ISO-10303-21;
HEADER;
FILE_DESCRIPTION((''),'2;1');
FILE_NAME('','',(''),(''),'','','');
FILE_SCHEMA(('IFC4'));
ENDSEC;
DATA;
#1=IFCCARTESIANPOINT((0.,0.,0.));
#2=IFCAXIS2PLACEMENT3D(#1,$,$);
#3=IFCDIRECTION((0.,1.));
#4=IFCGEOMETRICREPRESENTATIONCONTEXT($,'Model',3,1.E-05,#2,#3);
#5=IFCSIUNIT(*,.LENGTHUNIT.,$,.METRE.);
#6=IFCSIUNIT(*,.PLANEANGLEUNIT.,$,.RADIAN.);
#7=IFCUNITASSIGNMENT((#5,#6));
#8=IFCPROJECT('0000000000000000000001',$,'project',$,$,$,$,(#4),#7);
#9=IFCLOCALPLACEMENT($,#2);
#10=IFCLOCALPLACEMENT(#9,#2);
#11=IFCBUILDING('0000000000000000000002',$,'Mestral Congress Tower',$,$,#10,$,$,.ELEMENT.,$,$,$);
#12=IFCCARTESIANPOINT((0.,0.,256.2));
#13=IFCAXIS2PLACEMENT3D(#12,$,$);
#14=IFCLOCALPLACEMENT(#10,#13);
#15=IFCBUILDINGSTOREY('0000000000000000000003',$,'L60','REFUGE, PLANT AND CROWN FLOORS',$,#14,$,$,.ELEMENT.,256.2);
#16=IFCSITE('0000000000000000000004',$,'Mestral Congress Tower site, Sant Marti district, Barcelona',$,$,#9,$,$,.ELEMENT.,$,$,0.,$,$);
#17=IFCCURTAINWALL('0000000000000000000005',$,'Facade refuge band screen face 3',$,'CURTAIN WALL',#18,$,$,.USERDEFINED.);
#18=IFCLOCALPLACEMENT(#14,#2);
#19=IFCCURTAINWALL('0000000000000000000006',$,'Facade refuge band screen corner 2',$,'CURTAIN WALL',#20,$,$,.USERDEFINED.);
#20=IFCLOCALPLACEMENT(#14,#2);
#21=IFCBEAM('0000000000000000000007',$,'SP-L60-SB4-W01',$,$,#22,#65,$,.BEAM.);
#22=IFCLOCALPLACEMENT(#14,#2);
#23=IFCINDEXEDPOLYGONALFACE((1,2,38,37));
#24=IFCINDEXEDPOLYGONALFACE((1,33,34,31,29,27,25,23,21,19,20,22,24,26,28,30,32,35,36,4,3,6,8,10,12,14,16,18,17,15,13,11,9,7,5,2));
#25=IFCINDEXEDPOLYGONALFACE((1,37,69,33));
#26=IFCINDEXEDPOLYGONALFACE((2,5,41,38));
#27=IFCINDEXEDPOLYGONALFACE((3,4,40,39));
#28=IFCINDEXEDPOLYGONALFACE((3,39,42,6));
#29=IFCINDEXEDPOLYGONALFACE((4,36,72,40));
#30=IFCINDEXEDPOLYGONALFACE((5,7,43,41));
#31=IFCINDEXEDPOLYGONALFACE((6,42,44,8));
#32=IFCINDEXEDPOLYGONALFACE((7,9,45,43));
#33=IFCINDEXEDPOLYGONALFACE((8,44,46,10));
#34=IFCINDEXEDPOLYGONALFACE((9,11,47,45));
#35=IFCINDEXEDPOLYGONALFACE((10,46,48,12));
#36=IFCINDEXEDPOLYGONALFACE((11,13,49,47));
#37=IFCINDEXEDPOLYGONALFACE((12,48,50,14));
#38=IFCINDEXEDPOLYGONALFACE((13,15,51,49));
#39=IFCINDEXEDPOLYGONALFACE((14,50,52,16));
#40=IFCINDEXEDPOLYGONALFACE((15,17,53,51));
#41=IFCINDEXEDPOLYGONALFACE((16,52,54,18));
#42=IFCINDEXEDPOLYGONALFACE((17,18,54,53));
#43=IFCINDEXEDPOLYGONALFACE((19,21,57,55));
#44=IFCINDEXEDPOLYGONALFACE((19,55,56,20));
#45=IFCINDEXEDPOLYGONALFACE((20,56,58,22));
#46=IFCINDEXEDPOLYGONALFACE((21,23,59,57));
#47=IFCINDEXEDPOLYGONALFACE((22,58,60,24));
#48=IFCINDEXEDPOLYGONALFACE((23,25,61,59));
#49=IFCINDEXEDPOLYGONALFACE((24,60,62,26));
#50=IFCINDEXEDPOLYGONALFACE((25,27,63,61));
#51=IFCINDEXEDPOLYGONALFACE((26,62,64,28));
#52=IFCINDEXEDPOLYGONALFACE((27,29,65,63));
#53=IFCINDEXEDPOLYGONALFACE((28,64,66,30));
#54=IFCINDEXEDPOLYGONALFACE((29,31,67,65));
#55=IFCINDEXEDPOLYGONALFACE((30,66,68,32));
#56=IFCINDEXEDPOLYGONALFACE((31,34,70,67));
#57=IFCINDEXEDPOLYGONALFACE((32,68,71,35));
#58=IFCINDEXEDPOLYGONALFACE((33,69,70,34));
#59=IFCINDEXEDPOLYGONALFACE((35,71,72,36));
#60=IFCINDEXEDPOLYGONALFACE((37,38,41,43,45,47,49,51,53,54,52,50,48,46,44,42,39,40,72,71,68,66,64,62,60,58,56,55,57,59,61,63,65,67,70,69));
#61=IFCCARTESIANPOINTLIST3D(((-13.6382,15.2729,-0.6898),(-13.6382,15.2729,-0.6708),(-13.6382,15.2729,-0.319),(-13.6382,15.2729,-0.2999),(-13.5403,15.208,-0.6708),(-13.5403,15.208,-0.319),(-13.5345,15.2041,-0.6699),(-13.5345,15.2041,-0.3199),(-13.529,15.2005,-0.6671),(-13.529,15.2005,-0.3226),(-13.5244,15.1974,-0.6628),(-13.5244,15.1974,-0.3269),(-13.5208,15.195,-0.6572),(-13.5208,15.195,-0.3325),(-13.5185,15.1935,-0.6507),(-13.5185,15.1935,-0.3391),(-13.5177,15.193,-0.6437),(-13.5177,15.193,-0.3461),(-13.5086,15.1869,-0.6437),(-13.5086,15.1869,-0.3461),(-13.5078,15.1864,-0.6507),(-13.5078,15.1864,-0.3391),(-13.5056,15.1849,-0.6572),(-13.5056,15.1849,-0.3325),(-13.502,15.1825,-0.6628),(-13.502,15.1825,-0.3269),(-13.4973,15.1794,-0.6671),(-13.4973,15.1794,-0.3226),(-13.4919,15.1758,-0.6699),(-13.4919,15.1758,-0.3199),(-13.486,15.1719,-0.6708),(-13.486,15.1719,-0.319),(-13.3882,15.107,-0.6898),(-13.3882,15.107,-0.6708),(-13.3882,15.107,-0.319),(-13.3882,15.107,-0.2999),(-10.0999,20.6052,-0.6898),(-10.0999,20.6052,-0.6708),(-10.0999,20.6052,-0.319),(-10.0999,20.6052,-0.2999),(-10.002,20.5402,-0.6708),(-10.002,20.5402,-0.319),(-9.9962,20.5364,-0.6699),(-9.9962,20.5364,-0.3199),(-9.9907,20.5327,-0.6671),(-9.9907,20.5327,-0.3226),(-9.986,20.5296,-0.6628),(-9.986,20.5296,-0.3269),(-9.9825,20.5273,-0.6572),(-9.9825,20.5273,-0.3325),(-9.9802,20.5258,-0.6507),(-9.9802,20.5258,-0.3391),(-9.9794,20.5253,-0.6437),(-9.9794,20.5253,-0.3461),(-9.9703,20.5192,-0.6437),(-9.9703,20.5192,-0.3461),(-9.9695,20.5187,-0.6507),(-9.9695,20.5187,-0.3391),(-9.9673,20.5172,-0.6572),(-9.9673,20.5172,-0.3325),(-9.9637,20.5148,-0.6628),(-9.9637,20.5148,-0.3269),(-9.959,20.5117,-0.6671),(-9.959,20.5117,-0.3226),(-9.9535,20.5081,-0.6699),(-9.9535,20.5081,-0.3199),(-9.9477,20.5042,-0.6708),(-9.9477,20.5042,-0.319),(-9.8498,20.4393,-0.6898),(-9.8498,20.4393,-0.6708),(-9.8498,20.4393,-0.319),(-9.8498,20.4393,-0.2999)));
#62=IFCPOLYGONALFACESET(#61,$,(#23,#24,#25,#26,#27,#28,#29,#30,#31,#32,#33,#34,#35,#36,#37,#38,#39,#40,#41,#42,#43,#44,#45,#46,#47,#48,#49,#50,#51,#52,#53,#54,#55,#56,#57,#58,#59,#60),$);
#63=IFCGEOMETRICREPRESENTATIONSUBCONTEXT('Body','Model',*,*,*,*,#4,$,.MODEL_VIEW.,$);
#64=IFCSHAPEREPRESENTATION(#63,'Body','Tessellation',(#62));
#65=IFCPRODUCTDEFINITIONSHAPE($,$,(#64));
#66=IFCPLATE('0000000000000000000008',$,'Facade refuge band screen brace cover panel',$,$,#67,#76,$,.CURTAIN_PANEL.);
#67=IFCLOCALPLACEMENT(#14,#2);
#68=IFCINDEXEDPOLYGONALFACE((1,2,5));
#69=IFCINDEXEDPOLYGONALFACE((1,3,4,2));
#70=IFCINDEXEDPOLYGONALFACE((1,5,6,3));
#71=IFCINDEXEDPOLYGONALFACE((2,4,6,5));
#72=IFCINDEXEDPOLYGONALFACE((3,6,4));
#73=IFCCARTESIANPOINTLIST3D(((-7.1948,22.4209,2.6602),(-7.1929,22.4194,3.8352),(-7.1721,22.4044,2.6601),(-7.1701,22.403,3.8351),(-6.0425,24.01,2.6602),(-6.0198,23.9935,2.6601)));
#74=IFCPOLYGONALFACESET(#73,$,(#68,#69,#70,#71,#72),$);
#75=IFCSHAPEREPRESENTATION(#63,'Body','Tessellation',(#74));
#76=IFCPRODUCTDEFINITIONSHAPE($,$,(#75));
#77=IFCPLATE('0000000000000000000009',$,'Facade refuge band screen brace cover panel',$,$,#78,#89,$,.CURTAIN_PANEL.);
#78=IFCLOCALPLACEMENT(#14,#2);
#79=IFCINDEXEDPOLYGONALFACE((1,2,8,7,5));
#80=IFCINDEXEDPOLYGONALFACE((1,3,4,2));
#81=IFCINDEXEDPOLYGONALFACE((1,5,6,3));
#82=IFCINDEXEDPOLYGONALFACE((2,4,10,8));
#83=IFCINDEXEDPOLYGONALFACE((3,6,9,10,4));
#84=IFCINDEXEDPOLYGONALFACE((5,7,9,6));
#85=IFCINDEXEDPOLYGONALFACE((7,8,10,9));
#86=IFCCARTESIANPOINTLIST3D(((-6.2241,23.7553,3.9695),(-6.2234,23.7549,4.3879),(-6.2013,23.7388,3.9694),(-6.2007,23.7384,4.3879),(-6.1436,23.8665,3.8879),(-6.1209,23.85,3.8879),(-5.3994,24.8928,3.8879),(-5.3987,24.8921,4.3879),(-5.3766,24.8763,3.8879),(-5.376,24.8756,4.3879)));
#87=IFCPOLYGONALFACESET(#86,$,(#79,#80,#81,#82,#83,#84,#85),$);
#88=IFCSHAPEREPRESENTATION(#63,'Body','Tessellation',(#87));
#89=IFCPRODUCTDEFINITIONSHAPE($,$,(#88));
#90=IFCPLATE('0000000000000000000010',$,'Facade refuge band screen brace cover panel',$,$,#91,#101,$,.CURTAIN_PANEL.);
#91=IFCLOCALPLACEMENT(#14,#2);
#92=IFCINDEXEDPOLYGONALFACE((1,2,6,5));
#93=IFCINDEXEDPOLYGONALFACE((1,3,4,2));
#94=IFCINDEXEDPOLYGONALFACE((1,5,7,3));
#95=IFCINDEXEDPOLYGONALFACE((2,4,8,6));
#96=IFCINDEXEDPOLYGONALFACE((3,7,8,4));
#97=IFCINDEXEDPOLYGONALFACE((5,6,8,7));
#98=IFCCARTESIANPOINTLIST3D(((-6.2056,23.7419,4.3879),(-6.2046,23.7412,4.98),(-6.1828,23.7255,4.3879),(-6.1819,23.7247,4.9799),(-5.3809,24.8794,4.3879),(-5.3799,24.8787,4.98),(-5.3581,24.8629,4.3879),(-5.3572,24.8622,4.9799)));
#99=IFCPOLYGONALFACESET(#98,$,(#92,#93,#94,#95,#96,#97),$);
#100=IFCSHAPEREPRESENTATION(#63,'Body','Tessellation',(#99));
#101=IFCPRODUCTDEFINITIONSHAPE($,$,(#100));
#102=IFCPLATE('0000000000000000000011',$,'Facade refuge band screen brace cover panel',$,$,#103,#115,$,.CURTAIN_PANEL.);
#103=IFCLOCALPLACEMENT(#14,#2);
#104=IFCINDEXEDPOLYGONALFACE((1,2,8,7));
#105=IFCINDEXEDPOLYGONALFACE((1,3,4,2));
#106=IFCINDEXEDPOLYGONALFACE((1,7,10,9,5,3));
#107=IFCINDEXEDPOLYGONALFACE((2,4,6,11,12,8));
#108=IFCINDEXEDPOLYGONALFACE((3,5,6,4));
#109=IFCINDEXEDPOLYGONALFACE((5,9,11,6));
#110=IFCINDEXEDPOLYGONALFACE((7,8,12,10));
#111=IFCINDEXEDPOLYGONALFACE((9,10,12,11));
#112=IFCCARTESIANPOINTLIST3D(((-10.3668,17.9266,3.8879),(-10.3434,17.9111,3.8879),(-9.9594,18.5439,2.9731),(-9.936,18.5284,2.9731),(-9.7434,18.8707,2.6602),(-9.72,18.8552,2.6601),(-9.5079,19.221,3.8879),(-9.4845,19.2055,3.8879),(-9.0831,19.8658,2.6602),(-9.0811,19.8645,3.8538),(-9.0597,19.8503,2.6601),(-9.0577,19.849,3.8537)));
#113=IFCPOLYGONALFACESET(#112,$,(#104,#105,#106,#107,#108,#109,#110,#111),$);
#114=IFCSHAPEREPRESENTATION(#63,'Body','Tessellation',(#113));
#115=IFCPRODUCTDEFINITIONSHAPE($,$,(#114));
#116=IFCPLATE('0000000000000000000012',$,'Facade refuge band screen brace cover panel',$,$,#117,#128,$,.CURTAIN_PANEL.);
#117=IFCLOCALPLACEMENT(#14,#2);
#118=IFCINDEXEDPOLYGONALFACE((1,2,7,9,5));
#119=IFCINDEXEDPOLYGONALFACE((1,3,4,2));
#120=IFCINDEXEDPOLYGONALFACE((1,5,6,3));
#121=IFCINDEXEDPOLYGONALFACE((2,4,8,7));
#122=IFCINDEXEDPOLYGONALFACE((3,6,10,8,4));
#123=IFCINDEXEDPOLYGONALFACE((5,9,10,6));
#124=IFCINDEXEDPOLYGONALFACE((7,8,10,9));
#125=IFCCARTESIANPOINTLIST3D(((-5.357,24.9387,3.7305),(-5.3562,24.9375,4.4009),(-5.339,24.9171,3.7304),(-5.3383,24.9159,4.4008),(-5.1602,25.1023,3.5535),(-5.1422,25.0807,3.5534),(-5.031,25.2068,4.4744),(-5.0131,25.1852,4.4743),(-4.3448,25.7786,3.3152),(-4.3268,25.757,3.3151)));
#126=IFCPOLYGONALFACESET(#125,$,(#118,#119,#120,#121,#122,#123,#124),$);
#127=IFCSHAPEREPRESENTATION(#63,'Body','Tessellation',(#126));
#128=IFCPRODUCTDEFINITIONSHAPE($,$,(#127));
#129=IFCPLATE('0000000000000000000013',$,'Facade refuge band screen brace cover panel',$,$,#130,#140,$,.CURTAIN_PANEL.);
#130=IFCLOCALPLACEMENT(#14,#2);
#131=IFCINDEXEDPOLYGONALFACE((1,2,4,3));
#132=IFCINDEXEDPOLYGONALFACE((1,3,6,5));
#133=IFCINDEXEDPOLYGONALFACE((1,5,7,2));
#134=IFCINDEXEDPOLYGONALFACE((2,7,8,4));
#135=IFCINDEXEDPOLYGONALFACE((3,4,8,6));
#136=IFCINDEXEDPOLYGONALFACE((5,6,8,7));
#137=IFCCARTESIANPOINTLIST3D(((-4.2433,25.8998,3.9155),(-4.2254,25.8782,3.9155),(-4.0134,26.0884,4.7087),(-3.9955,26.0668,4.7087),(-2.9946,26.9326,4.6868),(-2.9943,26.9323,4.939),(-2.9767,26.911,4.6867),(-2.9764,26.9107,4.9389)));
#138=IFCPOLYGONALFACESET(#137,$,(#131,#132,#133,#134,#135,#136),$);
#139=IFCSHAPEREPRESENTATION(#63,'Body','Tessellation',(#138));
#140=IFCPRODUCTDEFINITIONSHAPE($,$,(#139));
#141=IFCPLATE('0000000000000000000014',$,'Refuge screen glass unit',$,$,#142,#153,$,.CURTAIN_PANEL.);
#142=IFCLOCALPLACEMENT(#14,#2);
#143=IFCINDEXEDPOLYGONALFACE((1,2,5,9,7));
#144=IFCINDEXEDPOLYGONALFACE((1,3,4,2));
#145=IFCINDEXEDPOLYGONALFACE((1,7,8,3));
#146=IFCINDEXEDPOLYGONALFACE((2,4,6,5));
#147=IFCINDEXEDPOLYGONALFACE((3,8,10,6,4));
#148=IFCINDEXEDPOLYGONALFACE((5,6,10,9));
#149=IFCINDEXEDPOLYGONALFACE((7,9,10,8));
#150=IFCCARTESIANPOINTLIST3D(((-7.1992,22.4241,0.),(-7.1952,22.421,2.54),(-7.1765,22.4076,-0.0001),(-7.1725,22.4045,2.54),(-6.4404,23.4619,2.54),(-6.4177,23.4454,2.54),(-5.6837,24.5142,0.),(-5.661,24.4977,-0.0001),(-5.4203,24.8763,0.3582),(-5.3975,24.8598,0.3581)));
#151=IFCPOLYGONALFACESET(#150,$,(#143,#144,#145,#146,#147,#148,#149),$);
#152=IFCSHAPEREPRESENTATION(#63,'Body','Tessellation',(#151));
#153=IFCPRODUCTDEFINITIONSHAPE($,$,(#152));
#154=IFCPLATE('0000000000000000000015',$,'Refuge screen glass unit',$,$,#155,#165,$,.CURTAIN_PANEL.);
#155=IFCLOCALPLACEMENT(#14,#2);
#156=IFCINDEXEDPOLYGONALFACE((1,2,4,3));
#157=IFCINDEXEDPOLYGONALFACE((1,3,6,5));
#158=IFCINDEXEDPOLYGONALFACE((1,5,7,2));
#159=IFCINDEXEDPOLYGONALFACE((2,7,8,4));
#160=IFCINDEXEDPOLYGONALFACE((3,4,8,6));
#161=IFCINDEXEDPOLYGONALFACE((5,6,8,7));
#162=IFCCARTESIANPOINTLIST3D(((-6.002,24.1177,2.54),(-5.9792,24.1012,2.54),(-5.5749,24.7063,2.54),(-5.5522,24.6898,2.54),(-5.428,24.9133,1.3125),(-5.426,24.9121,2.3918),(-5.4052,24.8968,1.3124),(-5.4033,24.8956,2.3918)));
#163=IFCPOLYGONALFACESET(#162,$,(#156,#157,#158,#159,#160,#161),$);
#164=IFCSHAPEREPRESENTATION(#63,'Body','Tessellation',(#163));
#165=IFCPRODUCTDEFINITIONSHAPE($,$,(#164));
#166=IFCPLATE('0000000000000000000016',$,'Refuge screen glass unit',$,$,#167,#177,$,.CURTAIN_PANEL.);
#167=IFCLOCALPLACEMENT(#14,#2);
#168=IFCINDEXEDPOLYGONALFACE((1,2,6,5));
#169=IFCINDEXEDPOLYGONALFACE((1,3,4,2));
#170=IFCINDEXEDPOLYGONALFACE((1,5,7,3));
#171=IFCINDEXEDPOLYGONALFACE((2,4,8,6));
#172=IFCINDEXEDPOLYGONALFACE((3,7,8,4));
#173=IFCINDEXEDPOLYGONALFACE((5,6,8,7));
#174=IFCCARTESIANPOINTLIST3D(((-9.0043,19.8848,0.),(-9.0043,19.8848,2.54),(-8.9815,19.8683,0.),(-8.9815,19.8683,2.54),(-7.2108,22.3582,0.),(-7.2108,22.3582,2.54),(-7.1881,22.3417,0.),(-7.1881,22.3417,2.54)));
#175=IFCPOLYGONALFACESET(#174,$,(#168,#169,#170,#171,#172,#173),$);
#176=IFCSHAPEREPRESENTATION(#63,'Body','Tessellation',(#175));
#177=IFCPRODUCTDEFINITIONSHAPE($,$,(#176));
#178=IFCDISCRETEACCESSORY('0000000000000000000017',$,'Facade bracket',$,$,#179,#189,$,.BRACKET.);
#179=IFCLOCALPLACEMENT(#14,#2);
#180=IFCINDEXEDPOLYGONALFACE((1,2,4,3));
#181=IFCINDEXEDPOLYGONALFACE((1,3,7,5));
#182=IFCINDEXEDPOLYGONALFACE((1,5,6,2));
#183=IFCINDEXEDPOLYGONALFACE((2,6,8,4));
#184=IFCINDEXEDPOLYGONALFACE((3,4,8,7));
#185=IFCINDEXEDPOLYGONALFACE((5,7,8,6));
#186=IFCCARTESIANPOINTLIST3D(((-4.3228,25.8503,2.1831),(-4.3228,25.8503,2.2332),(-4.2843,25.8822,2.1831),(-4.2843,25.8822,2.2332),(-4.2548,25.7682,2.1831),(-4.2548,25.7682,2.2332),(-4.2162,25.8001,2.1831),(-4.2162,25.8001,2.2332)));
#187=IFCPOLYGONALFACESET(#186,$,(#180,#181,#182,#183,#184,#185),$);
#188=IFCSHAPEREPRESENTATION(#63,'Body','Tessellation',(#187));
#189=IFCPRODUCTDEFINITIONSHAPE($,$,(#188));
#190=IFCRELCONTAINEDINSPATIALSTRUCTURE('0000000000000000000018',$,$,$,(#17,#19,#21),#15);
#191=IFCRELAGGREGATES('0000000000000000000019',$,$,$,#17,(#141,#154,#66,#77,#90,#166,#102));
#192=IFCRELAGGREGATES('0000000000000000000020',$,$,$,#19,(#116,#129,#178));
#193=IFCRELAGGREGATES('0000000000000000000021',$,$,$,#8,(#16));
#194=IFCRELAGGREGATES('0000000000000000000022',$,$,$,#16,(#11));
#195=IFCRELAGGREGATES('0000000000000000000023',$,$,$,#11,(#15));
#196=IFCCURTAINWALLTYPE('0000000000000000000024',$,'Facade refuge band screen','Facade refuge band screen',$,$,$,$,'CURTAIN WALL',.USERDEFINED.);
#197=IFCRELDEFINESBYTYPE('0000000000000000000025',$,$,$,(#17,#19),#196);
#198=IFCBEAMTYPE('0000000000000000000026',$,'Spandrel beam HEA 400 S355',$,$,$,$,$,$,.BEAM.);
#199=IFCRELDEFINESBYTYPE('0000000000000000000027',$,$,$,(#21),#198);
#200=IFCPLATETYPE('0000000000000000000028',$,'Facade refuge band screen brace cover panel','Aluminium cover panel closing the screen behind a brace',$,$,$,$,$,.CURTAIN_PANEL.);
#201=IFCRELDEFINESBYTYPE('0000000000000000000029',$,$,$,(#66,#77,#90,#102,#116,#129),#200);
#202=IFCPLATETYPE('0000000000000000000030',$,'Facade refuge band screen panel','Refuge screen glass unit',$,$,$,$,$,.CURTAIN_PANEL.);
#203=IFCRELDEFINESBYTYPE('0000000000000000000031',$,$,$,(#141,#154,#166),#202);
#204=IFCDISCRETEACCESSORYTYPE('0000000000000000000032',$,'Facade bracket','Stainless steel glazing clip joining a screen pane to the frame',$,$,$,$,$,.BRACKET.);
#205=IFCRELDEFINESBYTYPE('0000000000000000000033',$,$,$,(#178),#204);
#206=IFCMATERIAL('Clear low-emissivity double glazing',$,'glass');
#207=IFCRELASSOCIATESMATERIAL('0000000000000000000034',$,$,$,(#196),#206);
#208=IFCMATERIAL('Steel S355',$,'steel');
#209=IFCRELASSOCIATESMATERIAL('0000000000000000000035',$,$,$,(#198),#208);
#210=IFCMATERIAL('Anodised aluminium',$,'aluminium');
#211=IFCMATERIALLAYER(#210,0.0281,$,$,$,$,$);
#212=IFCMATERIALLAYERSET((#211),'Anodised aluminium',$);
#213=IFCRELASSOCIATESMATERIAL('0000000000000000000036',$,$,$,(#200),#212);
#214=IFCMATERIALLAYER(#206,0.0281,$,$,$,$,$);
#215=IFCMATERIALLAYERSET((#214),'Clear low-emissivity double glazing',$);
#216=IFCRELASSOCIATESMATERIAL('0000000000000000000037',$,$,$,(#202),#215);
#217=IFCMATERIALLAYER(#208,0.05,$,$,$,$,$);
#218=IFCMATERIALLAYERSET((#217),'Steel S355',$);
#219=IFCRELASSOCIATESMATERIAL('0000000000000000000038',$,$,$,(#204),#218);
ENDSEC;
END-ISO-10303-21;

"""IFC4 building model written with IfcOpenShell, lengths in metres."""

from ifc_helpers import new_model, si_unit, direction, frame, origin, origin_2d, place, context, subcontext, project, spatial, polyline, rectangle, i_section, outline, extrude, material, layer, layer_set, material_profile, profile_set, type_object, element, aggregate, save


model = new_model("IFC4")

# Units and contexts
model_context = context("Model", 3, precision=1e-05, world=origin(), true_north=direction((0.0, 1.0)))
body_context = subcontext(model_context, "Body", "Model", "MODEL_VIEW")
ifc_project = project(units=[si_unit("LENGTHUNIT", "METRE"), si_unit("PLANEANGLEUNIT", "RADIAN")], contexts=[model_context])

# Site, building, storey
site_placement = place(None, origin())
site = spatial("IfcSite", under=ifc_project, at=site_placement, Name="Mestral Congress Tower site, Sant Marti district, Barcelona", CompositionType="ELEMENT", RefElevation=0.0)
building_placement = place(site_placement, origin())
building = spatial("IfcBuilding", under=site, at=building_placement, Name="Mestral Congress Tower", CompositionType="ELEMENT")
storey_placement = place(building_placement, frame((0.0, 0.0, 256.2)))
storey = spatial("IfcBuildingStorey", under=building, at=storey_placement, Name="L60", Description="REFUGE, PLANT AND CROWN FLOORS", CompositionType="ELEMENT", Elevation=256.2)

# Shared definitions
ifc_material_1 = material(Name="Steel S355", Category="steel")

# Curtain wall
ifc_material_2 = material(Name="Clear low-emissivity double glazing", Category="glass")
curtain_wall_type = type_object("IfcCurtainWallType", Name="Facade refuge band screen", Description="Facade refuge band screen", ElementType="CURTAIN WALL", PredefinedType="USERDEFINED", material=ifc_material_2)
placement = place(storey_placement, origin())
curtain_wall_1 = element("IfcCurtainWall", 1, at=placement, inside=storey, type_object=curtain_wall_type, Name="Facade refuge band screen face 3", ObjectType="CURTAIN WALL", PredefinedType="USERDEFINED")
ifc_material_3 = material(Name="Anodised aluminium", Category="aluminium")

# Curtain wall
curtain_wall_2 = element("IfcCurtainWall", 2, at=placement, inside=storey, type_object=curtain_wall_type, Name="Facade refuge band screen corner 2", ObjectType="CURTAIN WALL", PredefinedType="USERDEFINED")

# Beam
ifc_material_profile_1 = material_profile(ifc_material_1, i_section(OverallWidth=0.3, OverallDepth=0.3899, WebThickness=0.011, FlangeThickness=0.019, FilletRadius=0.0271, at=origin_2d()), Name="HEA 400")
ifc_profile_set_1 = profile_set([ifc_material_profile_1], Name="Steel S355")
beam_type_1 = type_object("IfcBeamType", Name="Spandrel beam HEA 400 S355", PredefinedType="BEAM", material=ifc_profile_set_1)
for number, where, z_axis, x_axis, name in (
    (3, (-9.9749, 20.5222, -0.4949), (-0.552912, -0.83324, 0.0), (0.83324, -0.552912, 0.0), "SP-L60-SB4-W01"),
):
    element("IfcBeam", number, at=place(storey_placement, frame(where, z_axis=z_axis, x_axis=x_axis)), inside=storey, type_object=beam_type_1, Name=name, PredefinedType="BEAM", context=body_context, shape_type="SweptSolid", body=[
        extrude(i_section(OverallWidth=0.3, OverallDepth=0.3899, WebThickness=0.011, FlangeThickness=0.019, FilletRadius=0.0271, at=origin_2d()), origin(), (0.0, 0.0, 1.0), 6.3994),
    ])

# Plates
ifc_layer_1 = layer(ifc_material_3, 0.0281)
ifc_layer_set_1 = layer_set([ifc_layer_1], Name="Anodised aluminium")
plate_type_1 = type_object("IfcPlateType", Name="Facade refuge band screen brace cover panel", Description="Aluminium cover panel closing the screen behind a brace", PredefinedType="CURTAIN_PANEL", material=ifc_layer_set_1)
plate_1_placement = place(storey_placement, frame((-7.1948, 22.4209, 2.6602), z_axis=(-0.809551, 0.587046, 0.002077), x_axis=(0.587047, 0.809553, 0.0)))
plate_1 = element("IfcPlate", 4, at=plate_1_placement, type_object=plate_type_1, Name="Facade refuge band screen brace cover panel", PredefinedType="CURTAIN_PANEL", context=body_context, shape_type="SweptSolid", body=[
    extrude(outline(polyline([(0.0, 0.0), (1.9629, 0.0), (0.0, -1.1751), (0.0, 0.0)])), origin(), (0.0, 0.0, -1.0), 0.0281),
])
plate_2_placement = place(storey_placement, frame((-5.3987, 24.8921, 4.3879), z_axis=(-0.809531, 0.587074, 0.001897), x_axis=(-0.587076, -0.809532, 0.0)))
plate_2 = element("IfcPlate", 5, at=plate_2_placement, type_object=plate_type_1, Name="Facade refuge band screen brace cover panel", PredefinedType="CURTAIN_PANEL", context=body_context, shape_type="SweptSolid", body=[
    extrude(outline(polyline([(0.0, 0.0), (1.4048, 0.0), (1.4048, -0.4185), (1.2676, -0.5), (-0.0002, -0.5), (0.0, 0.0)])), origin(), (0.0, 0.0, -1.0), 0.0281),
])
plate_3_placement = place(storey_placement, frame((-6.2046, 23.7412, 4.98), z_axis=(-0.80959, 0.586992, 0.002062), x_axis=(-0.001649, 0.001237, -0.999998)))
plate_3 = element("IfcPlate", 6, at=plate_3_placement, type_object=plate_type_1, Name="Facade refuge band screen brace cover panel", PredefinedType="CURTAIN_PANEL", context=body_context, shape_type="SweptSolid", body=[
    extrude(outline(polyline([(0.0, 0.0), (0.592, 0.0), (0.5921, -1.405), (0.0, -1.405), (0.0, 0.0)])), origin(), (0.0, 0.0, -1.0), 0.0281),
])
plate_4_placement = place(storey_placement, frame((-9.0811, 19.8645, 3.8538), z_axis=(-0.833255, 0.552884, 0.002029), x_axis=(-0.55227, -0.832492, 0.04422)))
plate_4 = element("IfcPlate", 7, at=plate_4_placement, type_object=plate_type_1, Name="Facade refuge band screen brace cover panel", PredefinedType="CURTAIN_PANEL", context=body_context, shape_type="SweptSolid", body=[
    extrude(outline(polyline([(0.0, 0.0), (0.773, 0.0), (2.3249, -0.0687), (1.5455, -0.9499), (1.1403, -1.2452), (-0.0527, -1.1924), (0.0, 0.0)])), origin(), (0.0, 0.0, -1.0), 0.0281),
])
plate_5_placement = place(storey_placement, frame((-5.031, 25.2068, 4.4744), z_axis=(-0.638034, 0.770005, 0.002106), x_axis=(-0.758833, -0.628308, -0.171471)))
plate_5 = element("IfcPlate", 8, at=plate_5_placement, type_object=plate_type_1, Name="Facade refuge band screen brace cover panel", PredefinedType="CURTAIN_PANEL", context=body_context, shape_type="SweptSolid", body=[
    extrude(outline(polyline([(0.0, 0.0), (0.4286, 0.0), (0.5433, -0.6605), (0.3216, -0.8788), (-0.6813, -1.2952), (0.0, 0.0)])), origin(), (0.0, 0.0, -1.0), 0.0281),
])
plate_6_placement = place(storey_placement, frame((-4.0134, 26.0884, 4.7087), z_axis=(-0.638034, 0.770006, 0.001866), x_axis=(-0.271392, -0.222608, -0.936372)))
plate_6 = element("IfcPlate", 9, at=plate_6_placement, type_object=plate_type_1, Name="Facade refuge band screen brace cover panel", PredefinedType="CURTAIN_PANEL", context=body_context, shape_type="SweptSolid", body=[
    extrude(outline(polyline([(0.0, 0.0), (0.8471, 0.0), (-0.4439, -1.2467), (-0.68, -1.1582), (0.0, 0.0)])), origin(), (0.0, 0.0, -1.0), 0.0281),
])
ifc_layer_2 = layer(ifc_material_2, 0.0281)
ifc_layer_set_2 = layer_set([ifc_layer_2], Name="Clear low-emissivity double glazing")
plate_type_2 = type_object("IfcPlateType", Name="Facade refuge band screen panel", Description="Refuge screen glass unit", PredefinedType="CURTAIN_PANEL", material=ifc_layer_set_2)
plate_7_placement = place(storey_placement, frame((-7.1992, 22.4241, 0.0), z_axis=(-0.809578, 0.587009, 0.001999), x_axis=(0.587011, 0.809579, 0.0)))
plate_7 = element("IfcPlate", 10, at=plate_7_placement, type_object=plate_type_2, Name="Refuge screen glass unit", PredefinedType="CURTAIN_PANEL", context=body_context, shape_type="SweptSolid", body=[
    extrude(outline(polyline([(0.0, 0.0), (2.5818, 0.0), (3.0295, -0.3582), (1.2856, -2.54), (-0.0001, -2.54), (0.0, 0.0)])), origin(), (0.0, 0.0, -1.0), 0.0281),
])
plate_8_placement = place(storey_placement, frame((-6.002, 24.1177, 2.54), z_axis=(-0.809438, 0.587201, 0.002121), x_axis=(0.365263, 0.506325, -0.781165)))
plate_8 = element("IfcPlate", 11, at=plate_8_placement, type_object=plate_type_2, Name="Refuge screen glass unit", PredefinedType="CURTAIN_PANEL", context=body_context, shape_type="SweptSolid", body=[
    extrude(outline(polyline([(0.0, 0.0), (1.5714, 0.0), (0.7284, -0.674), (0.454, -0.5681), (0.0, 0.0)])), origin(), (0.0, 0.0, -1.0), 0.0281),
])
plate_9_placement = place(storey_placement, frame((-8.0962, 21.1133, 0.0), z_axis=(0.0, 0.0, 1.0), x_axis=(-0.58701, -0.80958, 0.0)))
plate_9 = element("IfcPlate", 12, at=plate_9_placement, type_object=plate_type_2, Name="Refuge screen glass unit", PredefinedType="CURTAIN_PANEL", context=body_context, shape_type="SweptSolid", body=[
    extrude(rectangle(XDim=3.0552, YDim=0.0281, at=origin_2d()), origin(), (0.0, 0.0, 1.0), 2.54),
])
aggregate(curtain_wall_1, [plate_7, plate_8, plate_1, plate_2, plate_3, plate_9, plate_4])

# Discrete accessory
ifc_layer_3 = layer(ifc_material_1, 0.05)
ifc_layer_set_3 = layer_set([ifc_layer_3], Name="Steel S355")
discrete_accessory_type = type_object("IfcDiscreteAccessoryType", Name="Facade bracket", Description="Stainless steel glazing clip joining a screen pane to the frame", PredefinedType="BRACKET", material=ifc_layer_set_3)
discrete_accessory_placement = place(storey_placement, frame((-4.2695, 25.8252, 2.1831), z_axis=(0.0, 0.0, 1.0), x_axis=(-0.769964, -0.638087, 0.0)))
discrete_accessory = element("IfcDiscreteAccessory", 13, at=discrete_accessory_placement, type_object=discrete_accessory_type, Name="Facade bracket", PredefinedType="BRACKET", context=body_context, shape_type="SweptSolid", body=[
    extrude(rectangle(XDim=0.05, YDim=0.1067, at=origin_2d()), origin(), (0.0, 0.0, 1.0), 0.05),
])
aggregate(curtain_wall_2, [plate_5, plate_6, discrete_accessory])

save(model, "model.ifc")
